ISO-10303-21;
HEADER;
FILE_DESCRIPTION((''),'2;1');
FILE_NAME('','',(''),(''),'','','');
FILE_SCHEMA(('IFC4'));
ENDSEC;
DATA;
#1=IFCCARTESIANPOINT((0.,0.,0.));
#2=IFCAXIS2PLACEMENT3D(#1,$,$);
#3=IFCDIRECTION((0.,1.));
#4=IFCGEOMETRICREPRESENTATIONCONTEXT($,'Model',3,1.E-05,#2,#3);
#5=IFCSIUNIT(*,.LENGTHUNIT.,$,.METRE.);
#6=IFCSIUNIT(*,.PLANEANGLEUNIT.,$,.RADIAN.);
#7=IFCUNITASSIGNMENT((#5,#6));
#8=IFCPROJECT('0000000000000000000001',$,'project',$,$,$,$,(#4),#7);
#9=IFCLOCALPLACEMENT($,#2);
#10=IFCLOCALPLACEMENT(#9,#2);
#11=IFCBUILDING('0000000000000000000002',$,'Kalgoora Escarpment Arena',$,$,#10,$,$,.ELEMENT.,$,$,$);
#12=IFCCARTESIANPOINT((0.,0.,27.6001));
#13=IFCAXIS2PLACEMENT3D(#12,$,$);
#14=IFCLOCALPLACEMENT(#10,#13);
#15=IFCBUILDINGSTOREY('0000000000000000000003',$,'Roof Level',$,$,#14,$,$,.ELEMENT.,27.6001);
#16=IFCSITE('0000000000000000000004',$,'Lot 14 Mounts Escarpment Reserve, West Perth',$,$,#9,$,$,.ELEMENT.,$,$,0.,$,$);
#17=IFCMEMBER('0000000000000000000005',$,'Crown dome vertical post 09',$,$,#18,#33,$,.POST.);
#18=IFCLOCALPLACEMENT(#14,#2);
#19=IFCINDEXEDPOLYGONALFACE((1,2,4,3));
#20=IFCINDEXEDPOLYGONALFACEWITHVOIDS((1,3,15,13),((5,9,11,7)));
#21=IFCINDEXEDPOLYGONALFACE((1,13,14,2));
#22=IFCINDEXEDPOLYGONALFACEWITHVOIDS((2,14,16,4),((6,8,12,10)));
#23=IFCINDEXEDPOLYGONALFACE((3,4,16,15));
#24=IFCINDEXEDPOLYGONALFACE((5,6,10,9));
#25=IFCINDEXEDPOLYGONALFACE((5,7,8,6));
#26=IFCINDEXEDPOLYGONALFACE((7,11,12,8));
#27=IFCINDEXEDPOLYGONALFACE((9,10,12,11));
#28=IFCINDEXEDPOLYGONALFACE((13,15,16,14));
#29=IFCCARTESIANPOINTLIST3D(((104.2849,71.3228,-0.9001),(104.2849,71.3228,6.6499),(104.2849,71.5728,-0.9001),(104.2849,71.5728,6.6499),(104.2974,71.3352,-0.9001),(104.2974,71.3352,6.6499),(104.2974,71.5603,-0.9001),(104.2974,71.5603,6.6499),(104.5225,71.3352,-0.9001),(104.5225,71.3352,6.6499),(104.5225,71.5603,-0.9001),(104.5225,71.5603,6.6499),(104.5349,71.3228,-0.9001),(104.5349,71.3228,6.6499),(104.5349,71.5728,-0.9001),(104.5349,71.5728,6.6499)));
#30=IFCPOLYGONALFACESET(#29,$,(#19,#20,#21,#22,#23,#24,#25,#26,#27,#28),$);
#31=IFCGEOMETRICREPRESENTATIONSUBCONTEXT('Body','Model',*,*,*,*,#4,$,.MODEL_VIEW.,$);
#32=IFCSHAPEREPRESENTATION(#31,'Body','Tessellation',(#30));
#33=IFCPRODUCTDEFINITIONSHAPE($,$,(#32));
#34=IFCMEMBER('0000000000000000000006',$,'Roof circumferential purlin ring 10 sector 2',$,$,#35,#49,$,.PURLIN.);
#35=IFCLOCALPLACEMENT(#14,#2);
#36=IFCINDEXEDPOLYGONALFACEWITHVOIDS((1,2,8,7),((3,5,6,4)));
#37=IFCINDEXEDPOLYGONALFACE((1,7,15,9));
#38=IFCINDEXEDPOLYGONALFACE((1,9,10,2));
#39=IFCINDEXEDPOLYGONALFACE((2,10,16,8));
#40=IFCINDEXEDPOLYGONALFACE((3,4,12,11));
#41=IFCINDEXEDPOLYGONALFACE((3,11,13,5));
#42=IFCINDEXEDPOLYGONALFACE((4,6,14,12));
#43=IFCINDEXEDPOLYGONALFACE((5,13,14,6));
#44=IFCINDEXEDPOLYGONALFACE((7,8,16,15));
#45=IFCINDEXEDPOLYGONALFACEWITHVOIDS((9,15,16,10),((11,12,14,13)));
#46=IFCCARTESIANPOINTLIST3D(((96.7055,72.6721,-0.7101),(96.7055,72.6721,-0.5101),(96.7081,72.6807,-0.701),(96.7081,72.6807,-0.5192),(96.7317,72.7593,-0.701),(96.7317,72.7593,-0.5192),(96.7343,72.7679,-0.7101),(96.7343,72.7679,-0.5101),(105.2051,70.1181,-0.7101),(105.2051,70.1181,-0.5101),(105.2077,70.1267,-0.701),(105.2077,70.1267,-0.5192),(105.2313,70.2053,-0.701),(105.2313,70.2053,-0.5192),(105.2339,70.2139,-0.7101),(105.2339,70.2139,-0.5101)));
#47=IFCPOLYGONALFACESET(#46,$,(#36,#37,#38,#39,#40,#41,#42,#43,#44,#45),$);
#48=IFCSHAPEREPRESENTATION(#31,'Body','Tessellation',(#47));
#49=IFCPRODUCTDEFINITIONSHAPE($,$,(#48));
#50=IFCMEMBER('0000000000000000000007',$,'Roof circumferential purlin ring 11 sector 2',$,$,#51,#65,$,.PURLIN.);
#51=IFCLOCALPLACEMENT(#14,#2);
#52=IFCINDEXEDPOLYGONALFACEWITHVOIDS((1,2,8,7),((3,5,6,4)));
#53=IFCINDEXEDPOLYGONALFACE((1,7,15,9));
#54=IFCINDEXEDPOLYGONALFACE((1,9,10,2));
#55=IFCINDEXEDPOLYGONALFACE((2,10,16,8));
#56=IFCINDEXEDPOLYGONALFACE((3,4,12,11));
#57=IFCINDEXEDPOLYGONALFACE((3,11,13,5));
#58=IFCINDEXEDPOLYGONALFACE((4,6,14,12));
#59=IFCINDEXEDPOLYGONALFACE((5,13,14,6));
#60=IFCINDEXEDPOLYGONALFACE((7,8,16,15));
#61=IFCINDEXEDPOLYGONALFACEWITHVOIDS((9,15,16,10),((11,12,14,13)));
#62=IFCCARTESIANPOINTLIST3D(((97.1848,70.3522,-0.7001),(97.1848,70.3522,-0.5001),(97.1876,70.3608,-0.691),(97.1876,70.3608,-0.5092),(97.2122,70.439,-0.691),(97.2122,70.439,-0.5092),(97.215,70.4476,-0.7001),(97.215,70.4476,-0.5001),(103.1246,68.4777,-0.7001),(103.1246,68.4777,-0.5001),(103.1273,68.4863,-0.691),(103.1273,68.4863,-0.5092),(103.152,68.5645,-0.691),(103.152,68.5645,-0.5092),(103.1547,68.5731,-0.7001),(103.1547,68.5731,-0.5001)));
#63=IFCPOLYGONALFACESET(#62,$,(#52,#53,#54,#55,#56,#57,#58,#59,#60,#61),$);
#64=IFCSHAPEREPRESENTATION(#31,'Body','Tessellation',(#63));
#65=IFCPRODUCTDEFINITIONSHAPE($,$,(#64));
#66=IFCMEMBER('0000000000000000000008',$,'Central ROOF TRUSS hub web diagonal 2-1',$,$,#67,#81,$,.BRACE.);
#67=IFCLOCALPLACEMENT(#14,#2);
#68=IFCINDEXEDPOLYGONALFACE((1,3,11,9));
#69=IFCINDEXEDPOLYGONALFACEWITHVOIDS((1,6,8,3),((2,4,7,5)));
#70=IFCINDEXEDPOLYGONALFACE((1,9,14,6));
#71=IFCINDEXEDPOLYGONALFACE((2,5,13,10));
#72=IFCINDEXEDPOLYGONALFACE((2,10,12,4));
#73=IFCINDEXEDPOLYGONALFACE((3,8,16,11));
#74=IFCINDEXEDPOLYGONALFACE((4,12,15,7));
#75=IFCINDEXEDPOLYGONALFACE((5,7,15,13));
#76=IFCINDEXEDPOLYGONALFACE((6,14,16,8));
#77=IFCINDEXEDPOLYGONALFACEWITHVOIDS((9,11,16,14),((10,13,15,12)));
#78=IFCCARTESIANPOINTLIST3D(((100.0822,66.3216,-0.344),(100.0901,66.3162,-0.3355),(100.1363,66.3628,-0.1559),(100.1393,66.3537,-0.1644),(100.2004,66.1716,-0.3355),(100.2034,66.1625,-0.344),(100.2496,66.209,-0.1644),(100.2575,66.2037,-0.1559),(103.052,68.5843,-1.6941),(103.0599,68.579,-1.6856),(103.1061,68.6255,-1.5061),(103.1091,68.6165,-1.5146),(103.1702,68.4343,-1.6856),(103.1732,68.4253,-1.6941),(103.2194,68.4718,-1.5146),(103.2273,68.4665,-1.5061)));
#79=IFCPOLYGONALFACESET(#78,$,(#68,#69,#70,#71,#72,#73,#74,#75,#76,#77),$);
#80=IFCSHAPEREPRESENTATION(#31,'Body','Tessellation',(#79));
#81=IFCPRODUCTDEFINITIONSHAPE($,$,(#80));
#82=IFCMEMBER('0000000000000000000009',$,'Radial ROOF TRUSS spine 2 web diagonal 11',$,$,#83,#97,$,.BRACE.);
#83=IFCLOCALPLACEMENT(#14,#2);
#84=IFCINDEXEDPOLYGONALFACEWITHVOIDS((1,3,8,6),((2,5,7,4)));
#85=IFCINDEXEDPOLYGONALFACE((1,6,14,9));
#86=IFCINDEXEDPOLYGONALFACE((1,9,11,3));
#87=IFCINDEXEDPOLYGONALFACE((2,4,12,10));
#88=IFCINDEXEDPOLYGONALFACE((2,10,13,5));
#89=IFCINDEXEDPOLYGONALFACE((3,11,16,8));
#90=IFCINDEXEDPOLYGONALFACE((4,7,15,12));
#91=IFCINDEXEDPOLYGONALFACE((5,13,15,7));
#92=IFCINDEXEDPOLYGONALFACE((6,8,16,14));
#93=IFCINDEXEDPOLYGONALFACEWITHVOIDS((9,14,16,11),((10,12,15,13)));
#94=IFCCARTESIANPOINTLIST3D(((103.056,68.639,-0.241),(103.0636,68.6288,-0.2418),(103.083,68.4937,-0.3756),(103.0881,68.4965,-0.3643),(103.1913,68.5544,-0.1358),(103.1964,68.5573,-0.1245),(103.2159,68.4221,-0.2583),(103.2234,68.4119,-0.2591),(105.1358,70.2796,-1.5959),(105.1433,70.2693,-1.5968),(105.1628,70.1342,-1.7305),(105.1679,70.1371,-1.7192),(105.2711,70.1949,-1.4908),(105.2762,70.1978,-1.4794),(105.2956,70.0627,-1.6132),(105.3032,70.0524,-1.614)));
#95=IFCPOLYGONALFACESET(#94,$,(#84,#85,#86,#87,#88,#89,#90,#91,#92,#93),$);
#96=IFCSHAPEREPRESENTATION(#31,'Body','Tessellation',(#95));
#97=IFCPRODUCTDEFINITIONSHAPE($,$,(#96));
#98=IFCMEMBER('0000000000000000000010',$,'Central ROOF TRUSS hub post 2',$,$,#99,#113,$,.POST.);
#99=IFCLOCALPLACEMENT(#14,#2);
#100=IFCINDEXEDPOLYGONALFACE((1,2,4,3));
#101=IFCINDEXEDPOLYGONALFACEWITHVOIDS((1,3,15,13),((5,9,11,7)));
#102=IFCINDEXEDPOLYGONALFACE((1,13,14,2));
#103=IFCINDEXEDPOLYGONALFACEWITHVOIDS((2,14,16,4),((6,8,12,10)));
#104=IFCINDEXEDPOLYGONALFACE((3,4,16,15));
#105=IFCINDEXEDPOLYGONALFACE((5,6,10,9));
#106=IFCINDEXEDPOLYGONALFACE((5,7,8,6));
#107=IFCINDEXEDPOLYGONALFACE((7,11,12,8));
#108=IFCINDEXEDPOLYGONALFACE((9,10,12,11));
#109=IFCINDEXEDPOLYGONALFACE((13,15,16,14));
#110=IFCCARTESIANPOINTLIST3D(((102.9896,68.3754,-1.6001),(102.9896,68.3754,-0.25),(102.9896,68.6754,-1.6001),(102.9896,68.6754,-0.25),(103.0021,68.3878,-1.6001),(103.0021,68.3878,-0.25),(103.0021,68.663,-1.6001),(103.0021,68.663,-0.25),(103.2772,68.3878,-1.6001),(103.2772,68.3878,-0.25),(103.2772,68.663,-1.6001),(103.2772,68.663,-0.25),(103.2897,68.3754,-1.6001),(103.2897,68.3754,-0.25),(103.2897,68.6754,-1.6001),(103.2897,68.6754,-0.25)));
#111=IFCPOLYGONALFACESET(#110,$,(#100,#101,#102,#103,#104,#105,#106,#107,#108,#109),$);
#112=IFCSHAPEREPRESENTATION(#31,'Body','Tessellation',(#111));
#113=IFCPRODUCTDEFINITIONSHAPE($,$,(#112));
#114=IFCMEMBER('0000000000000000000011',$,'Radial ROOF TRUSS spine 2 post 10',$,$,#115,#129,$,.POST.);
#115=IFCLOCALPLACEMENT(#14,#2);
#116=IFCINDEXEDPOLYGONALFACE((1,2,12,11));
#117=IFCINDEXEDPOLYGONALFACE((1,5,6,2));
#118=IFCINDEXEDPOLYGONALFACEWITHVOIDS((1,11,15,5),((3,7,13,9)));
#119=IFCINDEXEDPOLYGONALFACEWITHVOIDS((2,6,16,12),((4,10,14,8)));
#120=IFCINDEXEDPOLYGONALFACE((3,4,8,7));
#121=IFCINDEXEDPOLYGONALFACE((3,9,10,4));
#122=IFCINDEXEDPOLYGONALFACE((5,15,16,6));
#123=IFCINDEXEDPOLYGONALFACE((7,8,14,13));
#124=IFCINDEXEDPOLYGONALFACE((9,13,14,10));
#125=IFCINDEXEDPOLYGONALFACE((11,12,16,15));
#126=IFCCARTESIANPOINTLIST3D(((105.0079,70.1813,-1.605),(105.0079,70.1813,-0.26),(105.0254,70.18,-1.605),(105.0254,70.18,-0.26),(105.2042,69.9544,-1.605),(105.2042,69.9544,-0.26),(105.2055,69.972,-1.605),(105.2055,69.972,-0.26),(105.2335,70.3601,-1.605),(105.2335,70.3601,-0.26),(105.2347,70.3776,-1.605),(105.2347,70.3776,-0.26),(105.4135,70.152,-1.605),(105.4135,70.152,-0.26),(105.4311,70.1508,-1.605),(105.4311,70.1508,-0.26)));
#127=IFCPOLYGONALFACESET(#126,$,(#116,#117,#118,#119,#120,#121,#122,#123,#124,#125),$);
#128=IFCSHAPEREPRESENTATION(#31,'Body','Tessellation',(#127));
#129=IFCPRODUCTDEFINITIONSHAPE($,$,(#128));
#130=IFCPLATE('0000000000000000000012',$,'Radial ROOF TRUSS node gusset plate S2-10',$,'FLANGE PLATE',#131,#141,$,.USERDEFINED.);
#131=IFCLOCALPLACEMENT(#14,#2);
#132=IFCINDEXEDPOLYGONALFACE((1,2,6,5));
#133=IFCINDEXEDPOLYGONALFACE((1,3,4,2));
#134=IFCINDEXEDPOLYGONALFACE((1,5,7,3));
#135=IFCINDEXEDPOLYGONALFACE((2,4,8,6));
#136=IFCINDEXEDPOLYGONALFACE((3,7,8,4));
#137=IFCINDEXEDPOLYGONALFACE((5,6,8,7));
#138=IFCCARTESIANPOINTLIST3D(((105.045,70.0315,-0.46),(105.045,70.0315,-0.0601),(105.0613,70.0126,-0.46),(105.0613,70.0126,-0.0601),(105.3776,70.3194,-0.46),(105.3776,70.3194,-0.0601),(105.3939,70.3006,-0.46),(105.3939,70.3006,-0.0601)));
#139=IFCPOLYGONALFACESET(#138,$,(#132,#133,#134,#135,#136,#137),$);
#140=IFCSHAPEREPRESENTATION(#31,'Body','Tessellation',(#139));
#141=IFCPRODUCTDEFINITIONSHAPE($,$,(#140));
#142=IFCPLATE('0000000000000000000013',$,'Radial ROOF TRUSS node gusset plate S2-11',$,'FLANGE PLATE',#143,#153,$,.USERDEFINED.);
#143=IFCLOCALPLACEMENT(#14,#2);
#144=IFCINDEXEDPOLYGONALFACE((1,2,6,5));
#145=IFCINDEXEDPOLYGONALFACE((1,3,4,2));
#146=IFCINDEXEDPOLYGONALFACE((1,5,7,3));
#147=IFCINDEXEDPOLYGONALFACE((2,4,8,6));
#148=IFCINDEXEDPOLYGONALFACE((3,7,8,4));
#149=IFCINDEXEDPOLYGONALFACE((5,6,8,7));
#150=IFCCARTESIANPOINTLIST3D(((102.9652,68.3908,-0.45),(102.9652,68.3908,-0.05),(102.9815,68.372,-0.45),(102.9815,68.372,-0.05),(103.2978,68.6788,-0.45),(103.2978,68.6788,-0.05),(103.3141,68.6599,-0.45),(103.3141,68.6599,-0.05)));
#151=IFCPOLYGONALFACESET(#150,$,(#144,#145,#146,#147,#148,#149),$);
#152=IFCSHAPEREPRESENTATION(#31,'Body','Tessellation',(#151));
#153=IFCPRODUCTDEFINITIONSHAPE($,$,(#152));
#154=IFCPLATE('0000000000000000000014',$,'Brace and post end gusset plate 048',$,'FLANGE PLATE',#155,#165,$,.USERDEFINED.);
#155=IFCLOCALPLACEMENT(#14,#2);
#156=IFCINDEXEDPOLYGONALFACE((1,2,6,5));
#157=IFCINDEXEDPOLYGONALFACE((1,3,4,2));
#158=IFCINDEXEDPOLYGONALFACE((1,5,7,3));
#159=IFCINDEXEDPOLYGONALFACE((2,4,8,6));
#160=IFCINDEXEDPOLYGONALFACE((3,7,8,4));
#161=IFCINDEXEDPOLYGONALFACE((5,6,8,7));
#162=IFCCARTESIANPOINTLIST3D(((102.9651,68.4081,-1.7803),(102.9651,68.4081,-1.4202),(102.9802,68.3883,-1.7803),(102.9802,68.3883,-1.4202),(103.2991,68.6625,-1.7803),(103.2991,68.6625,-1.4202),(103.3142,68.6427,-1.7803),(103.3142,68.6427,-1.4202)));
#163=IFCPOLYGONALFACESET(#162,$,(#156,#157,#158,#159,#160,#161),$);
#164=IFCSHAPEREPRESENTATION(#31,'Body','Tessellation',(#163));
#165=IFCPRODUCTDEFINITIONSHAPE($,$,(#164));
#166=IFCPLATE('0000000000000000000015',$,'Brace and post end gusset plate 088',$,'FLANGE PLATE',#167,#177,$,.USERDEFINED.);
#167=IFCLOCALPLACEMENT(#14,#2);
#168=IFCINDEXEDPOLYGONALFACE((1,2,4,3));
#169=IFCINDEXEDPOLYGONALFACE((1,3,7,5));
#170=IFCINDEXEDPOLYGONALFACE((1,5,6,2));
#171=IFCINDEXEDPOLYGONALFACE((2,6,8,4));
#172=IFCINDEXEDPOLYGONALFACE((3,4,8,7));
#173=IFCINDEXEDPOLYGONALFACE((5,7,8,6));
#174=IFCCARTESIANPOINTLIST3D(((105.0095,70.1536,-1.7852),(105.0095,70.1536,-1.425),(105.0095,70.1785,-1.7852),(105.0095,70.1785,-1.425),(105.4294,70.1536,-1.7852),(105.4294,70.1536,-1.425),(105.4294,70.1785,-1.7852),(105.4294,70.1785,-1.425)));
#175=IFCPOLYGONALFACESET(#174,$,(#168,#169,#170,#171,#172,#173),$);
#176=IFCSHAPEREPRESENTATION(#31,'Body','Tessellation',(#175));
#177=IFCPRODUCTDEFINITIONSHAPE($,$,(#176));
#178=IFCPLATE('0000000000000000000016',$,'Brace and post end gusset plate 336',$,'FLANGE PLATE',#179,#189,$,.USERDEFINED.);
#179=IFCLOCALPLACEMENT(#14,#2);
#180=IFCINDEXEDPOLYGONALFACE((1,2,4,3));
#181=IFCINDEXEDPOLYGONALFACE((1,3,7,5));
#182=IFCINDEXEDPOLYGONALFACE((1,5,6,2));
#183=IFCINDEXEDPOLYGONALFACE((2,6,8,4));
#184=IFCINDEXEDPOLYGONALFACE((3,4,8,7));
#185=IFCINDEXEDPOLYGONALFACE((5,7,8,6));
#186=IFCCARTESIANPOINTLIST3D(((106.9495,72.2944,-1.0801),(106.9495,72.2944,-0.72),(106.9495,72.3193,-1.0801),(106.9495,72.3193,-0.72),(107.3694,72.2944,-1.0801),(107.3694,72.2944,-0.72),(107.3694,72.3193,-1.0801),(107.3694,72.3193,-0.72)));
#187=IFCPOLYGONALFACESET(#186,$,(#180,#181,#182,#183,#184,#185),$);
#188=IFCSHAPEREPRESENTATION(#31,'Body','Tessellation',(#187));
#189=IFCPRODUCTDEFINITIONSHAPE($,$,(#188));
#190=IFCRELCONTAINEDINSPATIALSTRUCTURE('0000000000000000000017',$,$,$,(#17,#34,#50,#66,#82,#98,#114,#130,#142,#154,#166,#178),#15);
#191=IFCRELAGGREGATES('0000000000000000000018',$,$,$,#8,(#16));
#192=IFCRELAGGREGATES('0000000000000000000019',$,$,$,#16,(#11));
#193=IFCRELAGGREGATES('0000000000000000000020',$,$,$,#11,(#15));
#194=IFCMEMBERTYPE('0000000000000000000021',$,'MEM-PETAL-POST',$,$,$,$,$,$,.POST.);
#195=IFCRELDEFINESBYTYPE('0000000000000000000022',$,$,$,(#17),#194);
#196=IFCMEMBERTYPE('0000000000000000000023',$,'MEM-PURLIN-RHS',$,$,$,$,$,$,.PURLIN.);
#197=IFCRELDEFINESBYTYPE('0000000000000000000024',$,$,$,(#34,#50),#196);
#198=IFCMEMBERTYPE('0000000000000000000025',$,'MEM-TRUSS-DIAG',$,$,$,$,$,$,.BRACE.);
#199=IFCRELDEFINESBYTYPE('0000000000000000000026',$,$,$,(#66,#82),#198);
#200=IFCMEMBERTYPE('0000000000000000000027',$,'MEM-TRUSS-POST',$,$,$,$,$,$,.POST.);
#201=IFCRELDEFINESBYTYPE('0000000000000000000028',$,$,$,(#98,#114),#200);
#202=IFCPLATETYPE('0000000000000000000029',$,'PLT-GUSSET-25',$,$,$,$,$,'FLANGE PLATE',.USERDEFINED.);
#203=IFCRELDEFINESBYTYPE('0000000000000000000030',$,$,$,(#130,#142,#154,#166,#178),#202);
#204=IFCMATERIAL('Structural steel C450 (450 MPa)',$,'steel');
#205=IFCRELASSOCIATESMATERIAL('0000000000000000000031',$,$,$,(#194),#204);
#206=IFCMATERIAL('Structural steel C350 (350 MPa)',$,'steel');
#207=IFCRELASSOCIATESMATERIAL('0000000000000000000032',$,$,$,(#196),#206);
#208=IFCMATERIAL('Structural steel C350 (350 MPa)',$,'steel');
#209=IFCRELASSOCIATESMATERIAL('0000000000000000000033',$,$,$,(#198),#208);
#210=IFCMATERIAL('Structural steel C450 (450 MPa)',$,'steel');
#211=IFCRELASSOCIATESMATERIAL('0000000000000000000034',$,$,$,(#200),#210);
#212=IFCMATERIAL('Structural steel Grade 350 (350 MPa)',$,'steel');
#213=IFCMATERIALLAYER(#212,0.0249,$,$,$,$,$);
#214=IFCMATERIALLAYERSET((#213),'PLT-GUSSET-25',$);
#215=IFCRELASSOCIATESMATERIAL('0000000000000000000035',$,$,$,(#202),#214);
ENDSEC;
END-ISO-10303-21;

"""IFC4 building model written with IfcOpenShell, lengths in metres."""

from ifc_helpers import new_model, si_unit, direction, frame, origin, origin_2d, place, context, subcontext, project, spatial, rectangle, hollow_rectangle, extrude, material, layer, layer_set, material_profile, profile_set, type_object, element, save


model = new_model("IFC4")

# Units and contexts
model_context = context("Model", 3, precision=1e-05, world=origin(), true_north=direction((0.0, 1.0)))
body_context = subcontext(model_context, "Body", "Model", "MODEL_VIEW")
ifc_project = project(units=[si_unit("LENGTHUNIT", "METRE"), si_unit("PLANEANGLEUNIT", "RADIAN")], contexts=[model_context])

# Site, building, storey
site_placement = place(None, origin())
site = spatial("IfcSite", under=ifc_project, at=site_placement, Name="Lot 14 Mounts Escarpment Reserve, West Perth", CompositionType="ELEMENT", RefElevation=0.0)
building_placement = place(site_placement, origin())
building = spatial("IfcBuilding", under=site, at=building_placement, Name="Kalgoora Escarpment Arena", CompositionType="ELEMENT")
storey_placement = place(building_placement, frame((0.0, 0.0, 27.6001)))
storey = spatial("IfcBuildingStorey", under=building, at=storey_placement, Name="Roof Level", CompositionType="ELEMENT", Elevation=27.6001)

# Members
ifc_material_1 = material(Name="Structural steel C450 (450 MPa)", Category="steel")
ifc_material_profile_1 = material_profile(ifc_material_1, hollow_rectangle(XDim=0.25, YDim=0.25, WallThickness=0.0125, at=origin_2d()))
ifc_profile_set_1 = profile_set([ifc_material_profile_1], Name="Structural steel C450 (450 MPa)")
member_type_1 = type_object("IfcMemberType", Name="MEM-PETAL-POST", PredefinedType="POST", material=ifc_profile_set_1)
for number, where, z_axis, x_axis, name in (
    (1, (104.4099, 71.4478, -0.9001), (0.0, 0.0, 1.0), (1.0, 0.0, 0.0), "Crown dome vertical post 09"),
):
    element("IfcMember", number, at=place(storey_placement, frame(where, z_axis=z_axis, x_axis=x_axis)), inside=storey, type_object=member_type_1, Name=name, PredefinedType="POST", context=body_context, shape_type="SweptSolid", body=[
        extrude(hollow_rectangle(XDim=0.25, YDim=0.25, WallThickness=0.0125, at=origin_2d()), origin(), (0.0, 0.0, 1.0), 7.55),
    ])
ifc_material_2 = material(Name="Structural steel C350 (350 MPa)", Category="steel")
ifc_material_profile_2 = material_profile(ifc_material_2, hollow_rectangle(XDim=0.1001, YDim=0.2, WallThickness=0.009, at=origin_2d()))
ifc_profile_set_2 = profile_set([ifc_material_profile_2], Name="Structural steel C350 (350 MPa)")
member_type_2 = type_object("IfcMemberType", Name="MEM-PURLIN-RHS", PredefinedType="PURLIN", material=ifc_profile_set_2)
member_1_placement = place(storey_placement, frame((105.2195, 70.166, -0.6101), z_axis=(-0.957699, 0.287772, 0.0), x_axis=(-0.287772, -0.957699, 0.0)))
element("IfcMember", 2, at=member_1_placement, inside=storey, type_object=member_type_2, Name="Roof circumferential purlin ring 10 sector 2", PredefinedType="PURLIN", context=body_context, shape_type="SweptSolid", body=[
    extrude(hollow_rectangle(XDim=0.1001, YDim=0.2, WallThickness=0.009, at=origin_2d()), origin(), (0.0, 0.0, 1.0), 8.875),
])
member_2_placement = place(storey_placement, frame((103.1396, 68.5254, -0.6001), z_axis=(-0.953637, 0.300959, 0.0), x_axis=(-0.300959, -0.953637, 0.0)))
element("IfcMember", 3, at=member_2_placement, inside=storey, type_object=member_type_2, Name="Roof circumferential purlin ring 11 sector 2", PredefinedType="PURLIN", context=body_context, shape_type="SweptSolid", body=[
    extrude(hollow_rectangle(XDim=0.1001, YDim=0.2, WallThickness=0.009, at=origin_2d()), origin(), (0.0, 0.0, 1.0), 6.2285),
])
ifc_material_3 = material(Name="Structural steel C350 (350 MPa)", Category="steel")
ifc_material_profile_3 = material_profile(ifc_material_3, hollow_rectangle(XDim=0.2, YDim=0.2, WallThickness=0.009, at=origin_2d()))
ifc_profile_set_3 = profile_set([ifc_material_profile_3], Name="Structural steel C350 (350 MPa)")
member_type_3 = type_object("IfcMemberType", Name="MEM-TRUSS-DIAG", PredefinedType="BRACE", material=ifc_profile_set_3)
member_3_placement = place(storey_placement, frame((103.1396, 68.5254, -1.6001), z_axis=(-0.74802, -0.569932, 0.340065), x_axis=(0.606051, -0.795426, 0.0)))
element("IfcMember", 4, at=member_3_placement, inside=storey, type_object=member_type_3, Name="Central ROOF TRUSS hub web diagonal 2-1", PredefinedType="BRACE", context=body_context, shape_type="SweptSolid", body=[
    extrude(hollow_rectangle(XDim=0.2, YDim=0.2, WallThickness=0.009, at=origin_2d()), origin(), (0.0, 0.0, 1.0), 3.9702),
])
member_4_placement = place(storey_placement, frame((105.2195, 70.166, -1.605), z_axis=(-0.698997, -0.551386, 0.455386), x_axis=(-0.702265, 0.409038, -0.582677)))
element("IfcMember", 5, at=member_4_placement, inside=storey, type_object=member_type_3, Name="Radial ROOF TRUSS spine 2 web diagonal 11", PredefinedType="BRACE", context=body_context, shape_type="SweptSolid", body=[
    extrude(hollow_rectangle(XDim=0.2, YDim=0.2, WallThickness=0.009, at=origin_2d()), origin(), (0.0, 0.0, 1.0), 2.9753),
])
ifc_material_4 = material(Name="Structural steel C450 (450 MPa)", Category="steel")
ifc_material_profile_4 = material_profile(ifc_material_4, hollow_rectangle(XDim=0.3, YDim=0.3, WallThickness=0.0125, at=origin_2d()))
ifc_profile_set_4 = profile_set([ifc_material_profile_4], Name="Structural steel C450 (450 MPa)")
member_type_4 = type_object("IfcMemberType", Name="MEM-TRUSS-POST", PredefinedType="POST", material=ifc_profile_set_4)
member_5_placement = place(storey_placement, frame((103.1396, 68.5254, -1.6001), z_axis=(0.0, 0.0, 1.0), x_axis=(1.0, 0.0, 0.0)))
element("IfcMember", 6, at=member_5_placement, inside=storey, type_object=member_type_4, Name="Central ROOF TRUSS hub post 2", PredefinedType="POST", context=body_context, shape_type="SweptSolid", body=[
    extrude(hollow_rectangle(XDim=0.3, YDim=0.3, WallThickness=0.0125, at=origin_2d()), origin(), (0.0, 0.0, 1.0), 1.3501),
])
member_6_placement = place(storey_placement, frame((105.2195, 70.166, -1.605), z_axis=(0.0, 0.0, 1.0), x_axis=(-0.756082, -0.654477, 0.0)))
element("IfcMember", 7, at=member_6_placement, inside=storey, type_object=member_type_4, Name="Radial ROOF TRUSS spine 2 post 10", PredefinedType="POST", context=body_context, shape_type="SweptSolid", body=[
    extrude(hollow_rectangle(XDim=0.3, YDim=0.3, WallThickness=0.0125, at=origin_2d()), origin(), (0.0, 0.0, 1.0), 1.345),
])

# Plates
ifc_material_5 = material(Name="Structural steel Grade 350 (350 MPa)", Category="steel")
ifc_layer_1 = layer(ifc_material_5, 0.0249)
ifc_layer_set_1 = layer_set([ifc_layer_1], Name="PLT-GUSSET-25")
plate_type = type_object("IfcPlateType", Name="PLT-GUSSET-25", ElementType="FLANGE PLATE", PredefinedType="USERDEFINED", material=ifc_layer_set_1)
for number, where, z_axis, x_axis, name in (
    (8, (105.2195, 70.166, -0.46), (0.0, 0.0, 1.0), (-0.756082, -0.654477, 0.0), "Radial ROOF TRUSS node gusset plate S2-10"),
    (9, (103.1396, 68.5254, -0.45), (0.0, 0.0, 1.0), (-0.756082, -0.654477, 0.0), "Radial ROOF TRUSS node gusset plate S2-11"),
):
    element("IfcPlate", number, at=place(storey_placement, frame(where, z_axis=z_axis, x_axis=x_axis)), inside=storey, type_object=plate_type, Name=name, ObjectType="FLANGE PLATE", PredefinedType="USERDEFINED", context=body_context, shape_type="SweptSolid", body=[
        extrude(rectangle(XDim=0.4399, YDim=0.0249, at=origin_2d()), origin(), (0.0, 0.0, 1.0), 0.3999),
    ])
for number, where, z_axis, x_axis, name in (
    (10, (103.1396, 68.5254, -1.7803), (0.0, 0.0, 1.0), (-0.795473, -0.605988, 0.0), "Brace and post end gusset plate 048"),
    (11, (105.2195, 70.166, -1.7852), (0.0, 0.0, 1.0), (1.0, 0.0, 0.0), "Brace and post end gusset plate 088"),
    (12, (107.1594, 72.3069, -1.0801), (0.0, 0.0, 1.0), (1.0, 0.0, 0.0), "Brace and post end gusset plate 336"),
):
    element("IfcPlate", number, at=place(storey_placement, frame(where, z_axis=z_axis, x_axis=x_axis)), inside=storey, type_object=plate_type, Name=name, ObjectType="FLANGE PLATE", PredefinedType="USERDEFINED", context=body_context, shape_type="SweptSolid", body=[
        extrude(rectangle(XDim=0.4199, YDim=0.0249, at=origin_2d()), origin(), (0.0, 0.0, 1.0), 0.3601),
    ])

save(model, "model.ifc")
